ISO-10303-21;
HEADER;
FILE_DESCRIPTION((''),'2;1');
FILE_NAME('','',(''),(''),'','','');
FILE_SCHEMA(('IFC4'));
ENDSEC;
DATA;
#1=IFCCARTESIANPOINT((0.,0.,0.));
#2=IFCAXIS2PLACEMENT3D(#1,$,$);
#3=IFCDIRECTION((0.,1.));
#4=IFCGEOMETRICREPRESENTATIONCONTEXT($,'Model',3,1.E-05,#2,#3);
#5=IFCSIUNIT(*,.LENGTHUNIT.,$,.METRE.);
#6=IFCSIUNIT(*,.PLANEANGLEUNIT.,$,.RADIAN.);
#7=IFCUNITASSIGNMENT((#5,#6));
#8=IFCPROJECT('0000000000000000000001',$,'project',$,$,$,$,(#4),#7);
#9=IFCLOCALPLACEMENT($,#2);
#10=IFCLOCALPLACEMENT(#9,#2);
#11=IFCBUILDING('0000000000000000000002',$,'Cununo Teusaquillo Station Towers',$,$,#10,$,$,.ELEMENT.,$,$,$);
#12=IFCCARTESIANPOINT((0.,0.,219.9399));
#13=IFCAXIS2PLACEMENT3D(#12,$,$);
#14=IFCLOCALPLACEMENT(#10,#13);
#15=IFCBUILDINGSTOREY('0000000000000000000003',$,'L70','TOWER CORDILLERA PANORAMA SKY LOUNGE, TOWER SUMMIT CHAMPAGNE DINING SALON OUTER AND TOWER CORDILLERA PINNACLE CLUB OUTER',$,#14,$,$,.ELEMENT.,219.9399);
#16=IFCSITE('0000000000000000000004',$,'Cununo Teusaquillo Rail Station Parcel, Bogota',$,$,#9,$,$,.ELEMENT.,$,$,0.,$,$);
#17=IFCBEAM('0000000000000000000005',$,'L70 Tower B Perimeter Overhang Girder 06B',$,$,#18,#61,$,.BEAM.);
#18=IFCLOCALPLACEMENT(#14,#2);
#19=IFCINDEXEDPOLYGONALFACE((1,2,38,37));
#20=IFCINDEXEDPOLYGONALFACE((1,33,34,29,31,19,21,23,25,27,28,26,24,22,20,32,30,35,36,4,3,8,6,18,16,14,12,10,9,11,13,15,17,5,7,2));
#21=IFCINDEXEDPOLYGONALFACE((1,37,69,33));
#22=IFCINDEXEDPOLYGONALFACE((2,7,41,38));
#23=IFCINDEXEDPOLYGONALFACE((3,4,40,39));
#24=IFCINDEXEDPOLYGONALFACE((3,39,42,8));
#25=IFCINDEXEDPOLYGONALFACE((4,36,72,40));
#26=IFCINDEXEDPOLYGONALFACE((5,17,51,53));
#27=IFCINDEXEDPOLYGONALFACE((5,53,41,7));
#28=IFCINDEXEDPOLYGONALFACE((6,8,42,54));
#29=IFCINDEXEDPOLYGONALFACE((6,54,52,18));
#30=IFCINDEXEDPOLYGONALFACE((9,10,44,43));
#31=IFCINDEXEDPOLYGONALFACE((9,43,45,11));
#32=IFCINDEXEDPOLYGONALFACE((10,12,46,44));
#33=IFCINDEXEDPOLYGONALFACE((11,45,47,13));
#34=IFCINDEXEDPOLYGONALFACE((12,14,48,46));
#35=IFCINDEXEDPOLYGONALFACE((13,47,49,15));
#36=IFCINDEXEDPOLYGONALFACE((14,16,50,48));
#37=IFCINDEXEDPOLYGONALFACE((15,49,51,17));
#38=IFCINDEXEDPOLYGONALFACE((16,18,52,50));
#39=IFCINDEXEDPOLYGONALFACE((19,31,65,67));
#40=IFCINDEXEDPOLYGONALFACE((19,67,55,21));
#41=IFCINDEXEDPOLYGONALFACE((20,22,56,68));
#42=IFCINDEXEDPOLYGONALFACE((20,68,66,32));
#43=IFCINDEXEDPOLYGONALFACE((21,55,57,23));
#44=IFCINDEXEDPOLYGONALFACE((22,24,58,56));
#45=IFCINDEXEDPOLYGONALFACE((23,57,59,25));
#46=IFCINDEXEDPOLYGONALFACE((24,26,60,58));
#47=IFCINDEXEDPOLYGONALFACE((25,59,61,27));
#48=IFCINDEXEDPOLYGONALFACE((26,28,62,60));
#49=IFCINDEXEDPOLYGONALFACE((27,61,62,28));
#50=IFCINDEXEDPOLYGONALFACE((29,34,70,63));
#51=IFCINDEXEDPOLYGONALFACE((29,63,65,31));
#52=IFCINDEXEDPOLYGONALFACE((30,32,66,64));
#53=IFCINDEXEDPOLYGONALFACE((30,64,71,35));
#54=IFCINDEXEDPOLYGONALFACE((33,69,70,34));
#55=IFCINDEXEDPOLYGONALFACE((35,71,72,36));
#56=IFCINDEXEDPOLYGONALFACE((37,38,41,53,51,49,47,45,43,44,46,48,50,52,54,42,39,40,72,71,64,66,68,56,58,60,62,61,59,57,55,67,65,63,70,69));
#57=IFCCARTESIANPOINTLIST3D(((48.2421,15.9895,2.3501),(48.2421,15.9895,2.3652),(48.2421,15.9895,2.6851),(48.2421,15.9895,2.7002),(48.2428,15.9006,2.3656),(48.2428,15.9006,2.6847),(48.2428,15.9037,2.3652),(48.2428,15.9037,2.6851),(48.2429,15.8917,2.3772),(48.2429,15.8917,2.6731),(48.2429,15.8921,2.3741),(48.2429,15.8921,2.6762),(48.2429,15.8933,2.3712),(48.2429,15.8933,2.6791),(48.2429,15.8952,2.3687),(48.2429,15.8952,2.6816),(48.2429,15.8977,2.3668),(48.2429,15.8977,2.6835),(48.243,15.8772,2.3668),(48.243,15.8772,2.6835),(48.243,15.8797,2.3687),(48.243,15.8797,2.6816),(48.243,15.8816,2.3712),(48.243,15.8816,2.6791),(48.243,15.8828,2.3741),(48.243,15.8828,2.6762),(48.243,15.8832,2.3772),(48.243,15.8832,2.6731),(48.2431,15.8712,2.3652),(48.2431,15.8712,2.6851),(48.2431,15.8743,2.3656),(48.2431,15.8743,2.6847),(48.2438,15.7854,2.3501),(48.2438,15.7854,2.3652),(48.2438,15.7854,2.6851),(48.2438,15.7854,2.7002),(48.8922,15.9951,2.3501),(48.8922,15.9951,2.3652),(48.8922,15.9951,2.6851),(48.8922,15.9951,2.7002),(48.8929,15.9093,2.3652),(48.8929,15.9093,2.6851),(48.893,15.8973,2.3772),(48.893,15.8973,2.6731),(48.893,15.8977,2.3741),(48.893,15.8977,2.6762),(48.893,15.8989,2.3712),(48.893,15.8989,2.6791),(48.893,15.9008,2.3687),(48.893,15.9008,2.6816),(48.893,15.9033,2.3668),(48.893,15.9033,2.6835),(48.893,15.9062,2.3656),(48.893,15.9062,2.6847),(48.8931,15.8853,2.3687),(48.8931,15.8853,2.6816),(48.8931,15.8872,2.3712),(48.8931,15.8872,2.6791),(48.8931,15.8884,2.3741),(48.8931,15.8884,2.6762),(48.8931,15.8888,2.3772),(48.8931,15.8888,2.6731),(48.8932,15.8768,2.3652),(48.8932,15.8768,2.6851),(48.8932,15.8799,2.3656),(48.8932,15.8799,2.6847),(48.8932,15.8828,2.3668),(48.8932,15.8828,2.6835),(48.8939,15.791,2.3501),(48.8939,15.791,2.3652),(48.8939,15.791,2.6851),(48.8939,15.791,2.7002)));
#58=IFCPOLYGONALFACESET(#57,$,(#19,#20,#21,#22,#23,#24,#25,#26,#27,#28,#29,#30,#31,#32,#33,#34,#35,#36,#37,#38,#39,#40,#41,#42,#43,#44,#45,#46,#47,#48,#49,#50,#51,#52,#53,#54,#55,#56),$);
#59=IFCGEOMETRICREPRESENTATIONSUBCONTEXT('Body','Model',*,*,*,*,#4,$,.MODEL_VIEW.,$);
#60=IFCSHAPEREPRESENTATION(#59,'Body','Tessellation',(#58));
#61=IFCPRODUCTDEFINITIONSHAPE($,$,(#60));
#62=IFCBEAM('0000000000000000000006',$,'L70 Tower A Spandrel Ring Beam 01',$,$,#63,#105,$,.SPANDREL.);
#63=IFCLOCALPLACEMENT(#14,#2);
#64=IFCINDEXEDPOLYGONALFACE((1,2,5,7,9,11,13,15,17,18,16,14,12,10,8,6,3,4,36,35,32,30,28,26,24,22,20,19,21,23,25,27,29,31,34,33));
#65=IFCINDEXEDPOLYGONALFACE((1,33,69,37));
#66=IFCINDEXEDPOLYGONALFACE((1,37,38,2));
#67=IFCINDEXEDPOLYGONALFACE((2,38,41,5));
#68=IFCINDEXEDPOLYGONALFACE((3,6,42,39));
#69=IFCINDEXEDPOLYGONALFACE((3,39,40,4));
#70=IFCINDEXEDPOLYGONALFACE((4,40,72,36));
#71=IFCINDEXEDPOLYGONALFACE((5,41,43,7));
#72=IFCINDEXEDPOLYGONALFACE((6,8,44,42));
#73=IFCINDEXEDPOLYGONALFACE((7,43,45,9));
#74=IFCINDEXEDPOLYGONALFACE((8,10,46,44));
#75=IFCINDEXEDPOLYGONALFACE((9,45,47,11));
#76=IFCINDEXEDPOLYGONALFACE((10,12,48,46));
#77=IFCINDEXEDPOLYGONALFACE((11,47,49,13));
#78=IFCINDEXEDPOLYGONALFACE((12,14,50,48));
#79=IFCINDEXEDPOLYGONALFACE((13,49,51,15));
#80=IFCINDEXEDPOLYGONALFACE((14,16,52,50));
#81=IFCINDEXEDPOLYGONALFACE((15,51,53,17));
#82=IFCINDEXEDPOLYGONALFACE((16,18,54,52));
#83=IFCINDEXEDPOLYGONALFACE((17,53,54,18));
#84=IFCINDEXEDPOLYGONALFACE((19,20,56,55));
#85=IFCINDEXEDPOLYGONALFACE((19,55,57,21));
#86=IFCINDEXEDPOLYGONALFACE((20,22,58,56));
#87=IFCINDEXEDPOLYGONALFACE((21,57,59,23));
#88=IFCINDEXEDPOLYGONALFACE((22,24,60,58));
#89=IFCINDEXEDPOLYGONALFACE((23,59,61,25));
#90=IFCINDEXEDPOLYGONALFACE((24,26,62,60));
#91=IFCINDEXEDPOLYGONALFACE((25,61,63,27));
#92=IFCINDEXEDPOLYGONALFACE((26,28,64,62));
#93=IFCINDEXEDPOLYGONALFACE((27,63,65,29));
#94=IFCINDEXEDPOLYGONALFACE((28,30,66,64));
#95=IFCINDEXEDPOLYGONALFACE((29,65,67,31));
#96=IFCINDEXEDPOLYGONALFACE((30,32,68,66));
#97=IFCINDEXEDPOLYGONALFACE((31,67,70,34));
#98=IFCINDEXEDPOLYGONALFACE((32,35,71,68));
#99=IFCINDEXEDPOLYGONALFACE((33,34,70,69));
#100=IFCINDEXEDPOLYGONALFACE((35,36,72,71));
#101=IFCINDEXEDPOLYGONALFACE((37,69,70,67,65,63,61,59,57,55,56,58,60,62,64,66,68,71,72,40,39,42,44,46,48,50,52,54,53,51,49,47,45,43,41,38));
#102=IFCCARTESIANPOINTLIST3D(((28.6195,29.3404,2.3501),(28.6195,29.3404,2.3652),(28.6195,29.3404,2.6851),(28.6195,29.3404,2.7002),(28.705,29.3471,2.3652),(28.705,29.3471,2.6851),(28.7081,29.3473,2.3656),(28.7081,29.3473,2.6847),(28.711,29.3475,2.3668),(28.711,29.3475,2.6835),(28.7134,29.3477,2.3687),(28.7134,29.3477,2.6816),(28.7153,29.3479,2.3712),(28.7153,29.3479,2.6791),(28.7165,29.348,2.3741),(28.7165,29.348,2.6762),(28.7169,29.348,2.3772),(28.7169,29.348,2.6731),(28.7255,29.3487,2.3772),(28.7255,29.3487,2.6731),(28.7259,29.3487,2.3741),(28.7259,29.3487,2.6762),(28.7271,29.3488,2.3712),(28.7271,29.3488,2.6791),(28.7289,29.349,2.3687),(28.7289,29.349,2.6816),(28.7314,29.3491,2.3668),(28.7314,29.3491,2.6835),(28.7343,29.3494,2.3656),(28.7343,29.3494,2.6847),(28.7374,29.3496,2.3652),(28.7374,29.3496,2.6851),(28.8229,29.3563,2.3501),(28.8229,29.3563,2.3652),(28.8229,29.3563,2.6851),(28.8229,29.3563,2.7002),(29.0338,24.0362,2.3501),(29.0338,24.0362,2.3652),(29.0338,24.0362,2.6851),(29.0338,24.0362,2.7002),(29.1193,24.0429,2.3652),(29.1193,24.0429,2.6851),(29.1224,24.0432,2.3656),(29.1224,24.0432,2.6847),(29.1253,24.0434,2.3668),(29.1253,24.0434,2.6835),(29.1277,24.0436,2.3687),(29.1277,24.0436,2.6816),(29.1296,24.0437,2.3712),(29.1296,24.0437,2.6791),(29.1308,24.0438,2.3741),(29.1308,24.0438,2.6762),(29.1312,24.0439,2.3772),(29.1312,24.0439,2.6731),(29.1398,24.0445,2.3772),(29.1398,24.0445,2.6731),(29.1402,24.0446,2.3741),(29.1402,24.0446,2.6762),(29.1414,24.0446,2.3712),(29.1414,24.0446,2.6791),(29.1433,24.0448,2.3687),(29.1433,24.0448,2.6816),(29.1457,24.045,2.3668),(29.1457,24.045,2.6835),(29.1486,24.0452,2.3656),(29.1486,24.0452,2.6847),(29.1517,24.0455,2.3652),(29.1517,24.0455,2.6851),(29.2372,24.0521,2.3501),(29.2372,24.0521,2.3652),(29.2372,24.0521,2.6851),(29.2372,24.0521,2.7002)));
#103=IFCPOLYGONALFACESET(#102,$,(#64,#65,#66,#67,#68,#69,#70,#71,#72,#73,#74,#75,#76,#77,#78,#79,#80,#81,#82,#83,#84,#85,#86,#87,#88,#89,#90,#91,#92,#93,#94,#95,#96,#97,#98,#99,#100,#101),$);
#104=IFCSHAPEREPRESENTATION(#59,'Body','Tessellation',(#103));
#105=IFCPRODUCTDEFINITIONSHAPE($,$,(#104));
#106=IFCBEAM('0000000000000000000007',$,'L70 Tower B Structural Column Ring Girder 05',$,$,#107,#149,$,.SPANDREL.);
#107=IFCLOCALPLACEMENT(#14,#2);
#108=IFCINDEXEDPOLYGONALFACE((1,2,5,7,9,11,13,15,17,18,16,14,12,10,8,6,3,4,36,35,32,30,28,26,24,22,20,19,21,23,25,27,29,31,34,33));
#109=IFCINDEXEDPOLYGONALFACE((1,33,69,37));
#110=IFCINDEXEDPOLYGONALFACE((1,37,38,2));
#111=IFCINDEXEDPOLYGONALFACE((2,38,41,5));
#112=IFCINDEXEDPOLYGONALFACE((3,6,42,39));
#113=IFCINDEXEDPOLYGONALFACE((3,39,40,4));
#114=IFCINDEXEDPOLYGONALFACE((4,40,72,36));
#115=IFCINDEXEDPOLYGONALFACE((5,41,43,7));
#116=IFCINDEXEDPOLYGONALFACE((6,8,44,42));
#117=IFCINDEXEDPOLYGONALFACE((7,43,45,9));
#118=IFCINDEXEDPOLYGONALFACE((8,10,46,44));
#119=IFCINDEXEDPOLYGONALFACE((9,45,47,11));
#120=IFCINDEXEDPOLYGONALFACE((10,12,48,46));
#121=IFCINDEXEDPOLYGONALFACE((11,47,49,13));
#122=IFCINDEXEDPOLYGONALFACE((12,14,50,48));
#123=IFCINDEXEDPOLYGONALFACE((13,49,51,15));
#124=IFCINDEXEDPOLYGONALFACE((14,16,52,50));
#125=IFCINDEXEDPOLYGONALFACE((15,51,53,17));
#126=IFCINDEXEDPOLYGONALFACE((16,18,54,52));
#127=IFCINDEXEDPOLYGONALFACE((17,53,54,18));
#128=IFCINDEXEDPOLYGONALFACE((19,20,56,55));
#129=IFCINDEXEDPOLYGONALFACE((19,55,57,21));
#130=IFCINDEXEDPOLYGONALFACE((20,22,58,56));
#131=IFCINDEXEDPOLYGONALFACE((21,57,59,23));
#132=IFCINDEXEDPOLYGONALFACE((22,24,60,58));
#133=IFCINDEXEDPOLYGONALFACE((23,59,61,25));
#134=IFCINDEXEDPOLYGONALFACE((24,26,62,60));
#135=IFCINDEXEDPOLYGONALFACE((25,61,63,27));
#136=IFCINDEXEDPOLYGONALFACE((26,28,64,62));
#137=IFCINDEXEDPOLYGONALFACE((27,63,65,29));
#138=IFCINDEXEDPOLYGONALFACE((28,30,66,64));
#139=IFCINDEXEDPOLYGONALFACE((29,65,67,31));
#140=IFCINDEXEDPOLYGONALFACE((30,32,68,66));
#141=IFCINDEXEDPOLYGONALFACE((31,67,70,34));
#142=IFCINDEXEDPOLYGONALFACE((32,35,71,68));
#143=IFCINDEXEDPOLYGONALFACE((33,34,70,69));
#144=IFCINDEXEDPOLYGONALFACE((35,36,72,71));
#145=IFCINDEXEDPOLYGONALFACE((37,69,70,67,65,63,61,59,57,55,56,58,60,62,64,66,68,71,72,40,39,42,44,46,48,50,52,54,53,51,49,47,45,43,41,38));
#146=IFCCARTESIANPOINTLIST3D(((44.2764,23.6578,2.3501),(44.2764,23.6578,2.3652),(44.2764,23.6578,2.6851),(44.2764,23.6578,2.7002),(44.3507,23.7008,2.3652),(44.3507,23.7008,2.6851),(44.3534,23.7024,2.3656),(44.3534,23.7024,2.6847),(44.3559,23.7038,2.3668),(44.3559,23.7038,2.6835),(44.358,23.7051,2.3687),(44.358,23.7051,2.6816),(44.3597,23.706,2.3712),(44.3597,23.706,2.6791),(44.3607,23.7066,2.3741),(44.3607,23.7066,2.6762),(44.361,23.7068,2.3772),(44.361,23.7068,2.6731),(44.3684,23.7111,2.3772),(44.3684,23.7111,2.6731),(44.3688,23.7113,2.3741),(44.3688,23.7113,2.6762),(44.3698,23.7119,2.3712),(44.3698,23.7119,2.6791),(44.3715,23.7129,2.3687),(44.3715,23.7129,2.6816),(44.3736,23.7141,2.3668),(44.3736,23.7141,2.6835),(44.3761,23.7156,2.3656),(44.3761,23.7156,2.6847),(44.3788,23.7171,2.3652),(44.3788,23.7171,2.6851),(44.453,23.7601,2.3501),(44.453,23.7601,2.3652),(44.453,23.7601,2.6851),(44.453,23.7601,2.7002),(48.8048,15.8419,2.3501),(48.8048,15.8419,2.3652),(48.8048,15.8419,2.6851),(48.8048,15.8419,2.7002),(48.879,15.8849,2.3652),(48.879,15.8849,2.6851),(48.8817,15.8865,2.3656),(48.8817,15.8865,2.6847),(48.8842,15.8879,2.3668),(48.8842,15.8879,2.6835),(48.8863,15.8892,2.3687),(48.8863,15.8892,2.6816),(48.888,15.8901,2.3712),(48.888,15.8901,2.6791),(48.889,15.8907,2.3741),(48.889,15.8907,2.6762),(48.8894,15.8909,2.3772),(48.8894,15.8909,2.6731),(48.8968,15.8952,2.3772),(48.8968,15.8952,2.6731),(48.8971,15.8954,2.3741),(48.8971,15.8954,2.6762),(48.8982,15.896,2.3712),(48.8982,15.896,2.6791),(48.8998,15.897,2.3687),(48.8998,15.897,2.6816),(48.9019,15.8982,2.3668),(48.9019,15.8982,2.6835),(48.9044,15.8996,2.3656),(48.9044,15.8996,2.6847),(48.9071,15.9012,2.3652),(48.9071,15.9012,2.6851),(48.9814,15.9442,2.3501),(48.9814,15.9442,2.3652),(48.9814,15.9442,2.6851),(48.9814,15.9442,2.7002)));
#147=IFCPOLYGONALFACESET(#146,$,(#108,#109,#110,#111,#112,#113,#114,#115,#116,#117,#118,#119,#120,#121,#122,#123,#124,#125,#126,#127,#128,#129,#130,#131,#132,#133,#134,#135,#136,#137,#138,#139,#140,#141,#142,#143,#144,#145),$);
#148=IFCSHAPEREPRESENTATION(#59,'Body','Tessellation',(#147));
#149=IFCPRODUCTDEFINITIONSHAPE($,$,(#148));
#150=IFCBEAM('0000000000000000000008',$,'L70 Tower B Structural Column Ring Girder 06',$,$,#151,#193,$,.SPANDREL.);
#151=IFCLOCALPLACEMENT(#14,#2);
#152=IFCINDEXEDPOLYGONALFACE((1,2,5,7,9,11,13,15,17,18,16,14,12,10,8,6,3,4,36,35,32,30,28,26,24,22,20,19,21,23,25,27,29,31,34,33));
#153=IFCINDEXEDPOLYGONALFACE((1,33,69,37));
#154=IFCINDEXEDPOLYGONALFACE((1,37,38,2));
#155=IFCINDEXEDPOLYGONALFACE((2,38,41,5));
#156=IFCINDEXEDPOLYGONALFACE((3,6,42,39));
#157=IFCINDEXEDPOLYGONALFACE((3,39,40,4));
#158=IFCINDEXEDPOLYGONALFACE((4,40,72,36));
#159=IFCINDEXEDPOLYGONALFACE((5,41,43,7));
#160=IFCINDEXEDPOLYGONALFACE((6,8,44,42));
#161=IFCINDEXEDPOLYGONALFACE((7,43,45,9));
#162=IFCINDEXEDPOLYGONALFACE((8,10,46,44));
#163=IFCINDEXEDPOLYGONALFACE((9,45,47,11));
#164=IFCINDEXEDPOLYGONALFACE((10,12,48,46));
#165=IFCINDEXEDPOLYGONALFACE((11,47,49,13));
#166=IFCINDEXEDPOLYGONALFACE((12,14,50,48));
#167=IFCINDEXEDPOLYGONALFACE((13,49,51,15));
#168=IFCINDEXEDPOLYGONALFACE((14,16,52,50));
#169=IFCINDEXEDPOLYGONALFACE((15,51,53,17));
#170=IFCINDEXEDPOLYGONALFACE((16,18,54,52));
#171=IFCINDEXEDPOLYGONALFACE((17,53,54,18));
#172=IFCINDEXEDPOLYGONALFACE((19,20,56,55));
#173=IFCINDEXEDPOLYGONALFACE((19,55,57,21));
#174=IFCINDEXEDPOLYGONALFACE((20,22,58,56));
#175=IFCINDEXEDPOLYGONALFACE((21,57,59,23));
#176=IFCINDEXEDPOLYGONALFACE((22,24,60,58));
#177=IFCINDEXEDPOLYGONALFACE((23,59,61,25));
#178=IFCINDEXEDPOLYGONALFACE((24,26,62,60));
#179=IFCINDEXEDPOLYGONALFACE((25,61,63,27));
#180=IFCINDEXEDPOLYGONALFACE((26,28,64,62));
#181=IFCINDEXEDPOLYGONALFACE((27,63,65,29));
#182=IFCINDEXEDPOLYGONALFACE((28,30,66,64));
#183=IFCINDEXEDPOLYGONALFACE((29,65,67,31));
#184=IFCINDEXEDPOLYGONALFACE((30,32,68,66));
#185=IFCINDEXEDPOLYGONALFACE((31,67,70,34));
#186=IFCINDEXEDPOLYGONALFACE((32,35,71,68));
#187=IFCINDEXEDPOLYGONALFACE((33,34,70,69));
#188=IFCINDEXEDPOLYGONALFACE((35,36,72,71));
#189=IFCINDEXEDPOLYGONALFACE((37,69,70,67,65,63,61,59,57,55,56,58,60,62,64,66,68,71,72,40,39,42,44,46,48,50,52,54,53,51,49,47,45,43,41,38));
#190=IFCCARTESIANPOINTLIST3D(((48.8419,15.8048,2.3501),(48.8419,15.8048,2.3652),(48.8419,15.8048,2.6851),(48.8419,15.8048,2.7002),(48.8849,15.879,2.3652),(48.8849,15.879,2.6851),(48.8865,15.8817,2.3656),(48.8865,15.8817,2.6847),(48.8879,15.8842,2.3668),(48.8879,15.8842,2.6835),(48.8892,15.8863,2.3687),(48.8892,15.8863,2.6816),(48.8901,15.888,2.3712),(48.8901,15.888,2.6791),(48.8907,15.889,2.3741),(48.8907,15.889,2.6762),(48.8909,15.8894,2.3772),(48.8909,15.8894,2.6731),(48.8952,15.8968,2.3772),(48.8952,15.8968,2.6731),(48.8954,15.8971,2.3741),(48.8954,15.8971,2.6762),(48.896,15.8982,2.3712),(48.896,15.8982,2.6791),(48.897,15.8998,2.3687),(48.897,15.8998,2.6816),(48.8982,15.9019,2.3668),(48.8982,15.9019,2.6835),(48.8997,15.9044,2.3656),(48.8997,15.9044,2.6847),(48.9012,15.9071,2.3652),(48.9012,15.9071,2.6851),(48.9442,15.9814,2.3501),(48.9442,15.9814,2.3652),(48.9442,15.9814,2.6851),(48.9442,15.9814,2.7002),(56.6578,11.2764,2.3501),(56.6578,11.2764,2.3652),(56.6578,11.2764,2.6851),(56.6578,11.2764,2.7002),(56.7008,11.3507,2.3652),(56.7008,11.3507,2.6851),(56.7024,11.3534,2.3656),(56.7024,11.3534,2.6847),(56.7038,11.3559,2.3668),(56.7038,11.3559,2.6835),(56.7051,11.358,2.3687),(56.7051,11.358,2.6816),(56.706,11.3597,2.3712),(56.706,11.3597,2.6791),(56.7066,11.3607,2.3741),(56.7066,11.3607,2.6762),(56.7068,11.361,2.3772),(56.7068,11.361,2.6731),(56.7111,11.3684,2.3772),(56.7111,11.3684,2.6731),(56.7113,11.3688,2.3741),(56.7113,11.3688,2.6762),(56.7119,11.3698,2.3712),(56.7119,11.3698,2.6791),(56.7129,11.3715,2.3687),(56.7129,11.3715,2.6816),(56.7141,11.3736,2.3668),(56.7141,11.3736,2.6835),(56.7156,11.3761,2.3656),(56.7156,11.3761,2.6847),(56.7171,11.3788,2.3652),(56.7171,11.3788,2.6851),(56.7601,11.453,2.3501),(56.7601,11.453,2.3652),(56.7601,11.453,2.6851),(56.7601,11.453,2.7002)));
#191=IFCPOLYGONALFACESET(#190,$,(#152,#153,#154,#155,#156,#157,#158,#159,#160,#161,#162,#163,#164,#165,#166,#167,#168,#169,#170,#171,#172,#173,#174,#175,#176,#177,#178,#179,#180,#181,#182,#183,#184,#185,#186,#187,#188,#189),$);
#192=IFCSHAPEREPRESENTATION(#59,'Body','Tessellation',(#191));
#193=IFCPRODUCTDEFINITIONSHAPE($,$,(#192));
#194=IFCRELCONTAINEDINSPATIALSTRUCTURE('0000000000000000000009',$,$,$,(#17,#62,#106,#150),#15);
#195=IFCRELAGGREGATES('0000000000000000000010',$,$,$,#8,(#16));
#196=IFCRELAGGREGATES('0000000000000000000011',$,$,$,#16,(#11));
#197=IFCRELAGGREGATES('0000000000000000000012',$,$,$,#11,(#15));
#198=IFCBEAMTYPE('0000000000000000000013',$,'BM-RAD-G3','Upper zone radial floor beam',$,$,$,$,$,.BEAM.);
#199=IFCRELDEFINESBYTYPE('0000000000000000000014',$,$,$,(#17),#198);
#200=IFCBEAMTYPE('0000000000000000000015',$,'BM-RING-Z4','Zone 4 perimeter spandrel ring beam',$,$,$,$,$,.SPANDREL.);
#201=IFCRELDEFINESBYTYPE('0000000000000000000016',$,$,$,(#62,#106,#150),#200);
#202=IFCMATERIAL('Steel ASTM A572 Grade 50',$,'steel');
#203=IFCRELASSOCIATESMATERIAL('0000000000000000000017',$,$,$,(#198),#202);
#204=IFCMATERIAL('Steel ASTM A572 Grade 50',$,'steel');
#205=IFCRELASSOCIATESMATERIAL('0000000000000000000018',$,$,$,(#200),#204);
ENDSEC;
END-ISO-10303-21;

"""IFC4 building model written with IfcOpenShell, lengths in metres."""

from ifc_helpers import new_model, si_unit, direction, frame, origin, origin_2d, place, context, subcontext, project, spatial, i_section, extrude, material, material_profile, profile_set, type_object, element, save


model = new_model("IFC4")

# Units and contexts
model_context = context("Model", 3, precision=1e-05, world=origin(), true_north=direction((0.0, 1.0)))
body_context = subcontext(model_context, "Body", "Model", "MODEL_VIEW")
ifc_project = project(units=[si_unit("LENGTHUNIT", "METRE"), si_unit("PLANEANGLEUNIT", "RADIAN")], contexts=[model_context])

# Site, building, storey
site_placement = place(None, origin())
site = spatial("IfcSite", under=ifc_project, at=site_placement, Name="Cununo Teusaquillo Rail Station Parcel, Bogota", CompositionType="ELEMENT", RefElevation=0.0)
building_placement = place(site_placement, origin())
building = spatial("IfcBuilding", under=site, at=building_placement, Name="Cununo Teusaquillo Station Towers", CompositionType="ELEMENT")
storey_placement = place(building_placement, frame((0.0, 0.0, 219.9399)))
storey = spatial("IfcBuildingStorey", under=building, at=storey_placement, Name="L70", Description="TOWER CORDILLERA PANORAMA SKY LOUNGE, TOWER SUMMIT CHAMPAGNE DINING SALON OUTER AND TOWER CORDILLERA PINNACLE CLUB OUTER", CompositionType="ELEMENT", Elevation=219.9399)

# Beams
ifc_material_1 = material(Name="Steel ASTM A572 Grade 50", Category="steel")
ifc_material_profile_1 = material_profile(ifc_material_1, i_section(OverallWidth=0.2041, OverallDepth=0.3501, WebThickness=0.0085, FlangeThickness=0.0151, FilletRadius=0.012, at=origin_2d()), Name="W14X48")
ifc_profile_set_1 = profile_set([ifc_material_profile_1], Name="Steel ASTM A572 Grade 50")
beam_type_1 = type_object("IfcBeamType", Name="BM-RAD-G3", Description="Upper zone radial floor beam", PredefinedType="BEAM", material=ifc_profile_set_1)
beam_1_placement = place(storey_placement, frame((48.8931, 15.8931, 2.5251), z_axis=(-0.999963, -0.008637, 0.0), x_axis=(0.008637, -0.999963, 0.0)))
element("IfcBeam", 1, at=beam_1_placement, inside=storey, type_object=beam_type_1, Name="L70 Tower B Perimeter Overhang Girder 06B", PredefinedType="BEAM", context=body_context, shape_type="SweptSolid", body=[
    extrude(i_section(OverallWidth=0.2041, OverallDepth=0.3501, WebThickness=0.0085, FlangeThickness=0.0151, FilletRadius=0.012, at=origin_2d()), origin(), (0.0, 0.0, 1.0), 0.6501),
])
ifc_material_2 = material(Name="Steel ASTM A572 Grade 50", Category="steel")
ifc_material_profile_2 = material_profile(ifc_material_2, i_section(OverallWidth=0.2041, OverallDepth=0.3501, WebThickness=0.0085, FlangeThickness=0.0151, FilletRadius=0.012, at=origin_2d()), Name="W14X48")
ifc_profile_set_2 = profile_set([ifc_material_profile_2], Name="Steel ASTM A572 Grade 50")
beam_type_2 = type_object("IfcBeamType", Name="BM-RING-Z4", Description="Zone 4 perimeter spandrel ring beam", PredefinedType="SPANDREL", material=ifc_profile_set_2)
beam_2_placement = place(storey_placement, frame((29.1355, 24.0442, 2.5251), z_axis=(-0.077872, 0.996963, 0.0), x_axis=(-0.996963, -0.077872, 0.0)))
element("IfcBeam", 2, at=beam_2_placement, inside=storey, type_object=beam_type_2, Name="L70 Tower A Spandrel Ring Beam 01", PredefinedType="SPANDREL", context=body_context, shape_type="SweptSolid", body=[
    extrude(i_section(OverallWidth=0.2041, OverallDepth=0.3501, WebThickness=0.0085, FlangeThickness=0.0151, FilletRadius=0.012, at=origin_2d()), origin(), (0.0, 0.0, 1.0), 5.3203),
])
for number, where, z_axis, x_axis, name in (
    (3, (44.3647, 23.709, 2.5251), (0.501311, -0.865267, 0.0), (0.865267, 0.501311, 0.0), "L70 Tower B Structural Column Ring Girder 05"),
    (4, (48.8931, 15.8931, 2.5251), (0.865267, -0.501311, 0.0), (0.501311, 0.865267, 0.0), "L70 Tower B Structural Column Ring Girder 06"),
):
    element("IfcBeam", number, at=place(storey_placement, frame(where, z_axis=z_axis, x_axis=x_axis)), inside=storey, type_object=beam_type_2, Name=name, PredefinedType="SPANDREL", context=body_context, shape_type="SweptSolid", body=[
        extrude(i_section(OverallWidth=0.2041, OverallDepth=0.3501, WebThickness=0.0085, FlangeThickness=0.0151, FilletRadius=0.012, at=origin_2d()), origin(), (0.0, 0.0, 1.0), 9.033),
    ])

save(model, "model.ifc")
